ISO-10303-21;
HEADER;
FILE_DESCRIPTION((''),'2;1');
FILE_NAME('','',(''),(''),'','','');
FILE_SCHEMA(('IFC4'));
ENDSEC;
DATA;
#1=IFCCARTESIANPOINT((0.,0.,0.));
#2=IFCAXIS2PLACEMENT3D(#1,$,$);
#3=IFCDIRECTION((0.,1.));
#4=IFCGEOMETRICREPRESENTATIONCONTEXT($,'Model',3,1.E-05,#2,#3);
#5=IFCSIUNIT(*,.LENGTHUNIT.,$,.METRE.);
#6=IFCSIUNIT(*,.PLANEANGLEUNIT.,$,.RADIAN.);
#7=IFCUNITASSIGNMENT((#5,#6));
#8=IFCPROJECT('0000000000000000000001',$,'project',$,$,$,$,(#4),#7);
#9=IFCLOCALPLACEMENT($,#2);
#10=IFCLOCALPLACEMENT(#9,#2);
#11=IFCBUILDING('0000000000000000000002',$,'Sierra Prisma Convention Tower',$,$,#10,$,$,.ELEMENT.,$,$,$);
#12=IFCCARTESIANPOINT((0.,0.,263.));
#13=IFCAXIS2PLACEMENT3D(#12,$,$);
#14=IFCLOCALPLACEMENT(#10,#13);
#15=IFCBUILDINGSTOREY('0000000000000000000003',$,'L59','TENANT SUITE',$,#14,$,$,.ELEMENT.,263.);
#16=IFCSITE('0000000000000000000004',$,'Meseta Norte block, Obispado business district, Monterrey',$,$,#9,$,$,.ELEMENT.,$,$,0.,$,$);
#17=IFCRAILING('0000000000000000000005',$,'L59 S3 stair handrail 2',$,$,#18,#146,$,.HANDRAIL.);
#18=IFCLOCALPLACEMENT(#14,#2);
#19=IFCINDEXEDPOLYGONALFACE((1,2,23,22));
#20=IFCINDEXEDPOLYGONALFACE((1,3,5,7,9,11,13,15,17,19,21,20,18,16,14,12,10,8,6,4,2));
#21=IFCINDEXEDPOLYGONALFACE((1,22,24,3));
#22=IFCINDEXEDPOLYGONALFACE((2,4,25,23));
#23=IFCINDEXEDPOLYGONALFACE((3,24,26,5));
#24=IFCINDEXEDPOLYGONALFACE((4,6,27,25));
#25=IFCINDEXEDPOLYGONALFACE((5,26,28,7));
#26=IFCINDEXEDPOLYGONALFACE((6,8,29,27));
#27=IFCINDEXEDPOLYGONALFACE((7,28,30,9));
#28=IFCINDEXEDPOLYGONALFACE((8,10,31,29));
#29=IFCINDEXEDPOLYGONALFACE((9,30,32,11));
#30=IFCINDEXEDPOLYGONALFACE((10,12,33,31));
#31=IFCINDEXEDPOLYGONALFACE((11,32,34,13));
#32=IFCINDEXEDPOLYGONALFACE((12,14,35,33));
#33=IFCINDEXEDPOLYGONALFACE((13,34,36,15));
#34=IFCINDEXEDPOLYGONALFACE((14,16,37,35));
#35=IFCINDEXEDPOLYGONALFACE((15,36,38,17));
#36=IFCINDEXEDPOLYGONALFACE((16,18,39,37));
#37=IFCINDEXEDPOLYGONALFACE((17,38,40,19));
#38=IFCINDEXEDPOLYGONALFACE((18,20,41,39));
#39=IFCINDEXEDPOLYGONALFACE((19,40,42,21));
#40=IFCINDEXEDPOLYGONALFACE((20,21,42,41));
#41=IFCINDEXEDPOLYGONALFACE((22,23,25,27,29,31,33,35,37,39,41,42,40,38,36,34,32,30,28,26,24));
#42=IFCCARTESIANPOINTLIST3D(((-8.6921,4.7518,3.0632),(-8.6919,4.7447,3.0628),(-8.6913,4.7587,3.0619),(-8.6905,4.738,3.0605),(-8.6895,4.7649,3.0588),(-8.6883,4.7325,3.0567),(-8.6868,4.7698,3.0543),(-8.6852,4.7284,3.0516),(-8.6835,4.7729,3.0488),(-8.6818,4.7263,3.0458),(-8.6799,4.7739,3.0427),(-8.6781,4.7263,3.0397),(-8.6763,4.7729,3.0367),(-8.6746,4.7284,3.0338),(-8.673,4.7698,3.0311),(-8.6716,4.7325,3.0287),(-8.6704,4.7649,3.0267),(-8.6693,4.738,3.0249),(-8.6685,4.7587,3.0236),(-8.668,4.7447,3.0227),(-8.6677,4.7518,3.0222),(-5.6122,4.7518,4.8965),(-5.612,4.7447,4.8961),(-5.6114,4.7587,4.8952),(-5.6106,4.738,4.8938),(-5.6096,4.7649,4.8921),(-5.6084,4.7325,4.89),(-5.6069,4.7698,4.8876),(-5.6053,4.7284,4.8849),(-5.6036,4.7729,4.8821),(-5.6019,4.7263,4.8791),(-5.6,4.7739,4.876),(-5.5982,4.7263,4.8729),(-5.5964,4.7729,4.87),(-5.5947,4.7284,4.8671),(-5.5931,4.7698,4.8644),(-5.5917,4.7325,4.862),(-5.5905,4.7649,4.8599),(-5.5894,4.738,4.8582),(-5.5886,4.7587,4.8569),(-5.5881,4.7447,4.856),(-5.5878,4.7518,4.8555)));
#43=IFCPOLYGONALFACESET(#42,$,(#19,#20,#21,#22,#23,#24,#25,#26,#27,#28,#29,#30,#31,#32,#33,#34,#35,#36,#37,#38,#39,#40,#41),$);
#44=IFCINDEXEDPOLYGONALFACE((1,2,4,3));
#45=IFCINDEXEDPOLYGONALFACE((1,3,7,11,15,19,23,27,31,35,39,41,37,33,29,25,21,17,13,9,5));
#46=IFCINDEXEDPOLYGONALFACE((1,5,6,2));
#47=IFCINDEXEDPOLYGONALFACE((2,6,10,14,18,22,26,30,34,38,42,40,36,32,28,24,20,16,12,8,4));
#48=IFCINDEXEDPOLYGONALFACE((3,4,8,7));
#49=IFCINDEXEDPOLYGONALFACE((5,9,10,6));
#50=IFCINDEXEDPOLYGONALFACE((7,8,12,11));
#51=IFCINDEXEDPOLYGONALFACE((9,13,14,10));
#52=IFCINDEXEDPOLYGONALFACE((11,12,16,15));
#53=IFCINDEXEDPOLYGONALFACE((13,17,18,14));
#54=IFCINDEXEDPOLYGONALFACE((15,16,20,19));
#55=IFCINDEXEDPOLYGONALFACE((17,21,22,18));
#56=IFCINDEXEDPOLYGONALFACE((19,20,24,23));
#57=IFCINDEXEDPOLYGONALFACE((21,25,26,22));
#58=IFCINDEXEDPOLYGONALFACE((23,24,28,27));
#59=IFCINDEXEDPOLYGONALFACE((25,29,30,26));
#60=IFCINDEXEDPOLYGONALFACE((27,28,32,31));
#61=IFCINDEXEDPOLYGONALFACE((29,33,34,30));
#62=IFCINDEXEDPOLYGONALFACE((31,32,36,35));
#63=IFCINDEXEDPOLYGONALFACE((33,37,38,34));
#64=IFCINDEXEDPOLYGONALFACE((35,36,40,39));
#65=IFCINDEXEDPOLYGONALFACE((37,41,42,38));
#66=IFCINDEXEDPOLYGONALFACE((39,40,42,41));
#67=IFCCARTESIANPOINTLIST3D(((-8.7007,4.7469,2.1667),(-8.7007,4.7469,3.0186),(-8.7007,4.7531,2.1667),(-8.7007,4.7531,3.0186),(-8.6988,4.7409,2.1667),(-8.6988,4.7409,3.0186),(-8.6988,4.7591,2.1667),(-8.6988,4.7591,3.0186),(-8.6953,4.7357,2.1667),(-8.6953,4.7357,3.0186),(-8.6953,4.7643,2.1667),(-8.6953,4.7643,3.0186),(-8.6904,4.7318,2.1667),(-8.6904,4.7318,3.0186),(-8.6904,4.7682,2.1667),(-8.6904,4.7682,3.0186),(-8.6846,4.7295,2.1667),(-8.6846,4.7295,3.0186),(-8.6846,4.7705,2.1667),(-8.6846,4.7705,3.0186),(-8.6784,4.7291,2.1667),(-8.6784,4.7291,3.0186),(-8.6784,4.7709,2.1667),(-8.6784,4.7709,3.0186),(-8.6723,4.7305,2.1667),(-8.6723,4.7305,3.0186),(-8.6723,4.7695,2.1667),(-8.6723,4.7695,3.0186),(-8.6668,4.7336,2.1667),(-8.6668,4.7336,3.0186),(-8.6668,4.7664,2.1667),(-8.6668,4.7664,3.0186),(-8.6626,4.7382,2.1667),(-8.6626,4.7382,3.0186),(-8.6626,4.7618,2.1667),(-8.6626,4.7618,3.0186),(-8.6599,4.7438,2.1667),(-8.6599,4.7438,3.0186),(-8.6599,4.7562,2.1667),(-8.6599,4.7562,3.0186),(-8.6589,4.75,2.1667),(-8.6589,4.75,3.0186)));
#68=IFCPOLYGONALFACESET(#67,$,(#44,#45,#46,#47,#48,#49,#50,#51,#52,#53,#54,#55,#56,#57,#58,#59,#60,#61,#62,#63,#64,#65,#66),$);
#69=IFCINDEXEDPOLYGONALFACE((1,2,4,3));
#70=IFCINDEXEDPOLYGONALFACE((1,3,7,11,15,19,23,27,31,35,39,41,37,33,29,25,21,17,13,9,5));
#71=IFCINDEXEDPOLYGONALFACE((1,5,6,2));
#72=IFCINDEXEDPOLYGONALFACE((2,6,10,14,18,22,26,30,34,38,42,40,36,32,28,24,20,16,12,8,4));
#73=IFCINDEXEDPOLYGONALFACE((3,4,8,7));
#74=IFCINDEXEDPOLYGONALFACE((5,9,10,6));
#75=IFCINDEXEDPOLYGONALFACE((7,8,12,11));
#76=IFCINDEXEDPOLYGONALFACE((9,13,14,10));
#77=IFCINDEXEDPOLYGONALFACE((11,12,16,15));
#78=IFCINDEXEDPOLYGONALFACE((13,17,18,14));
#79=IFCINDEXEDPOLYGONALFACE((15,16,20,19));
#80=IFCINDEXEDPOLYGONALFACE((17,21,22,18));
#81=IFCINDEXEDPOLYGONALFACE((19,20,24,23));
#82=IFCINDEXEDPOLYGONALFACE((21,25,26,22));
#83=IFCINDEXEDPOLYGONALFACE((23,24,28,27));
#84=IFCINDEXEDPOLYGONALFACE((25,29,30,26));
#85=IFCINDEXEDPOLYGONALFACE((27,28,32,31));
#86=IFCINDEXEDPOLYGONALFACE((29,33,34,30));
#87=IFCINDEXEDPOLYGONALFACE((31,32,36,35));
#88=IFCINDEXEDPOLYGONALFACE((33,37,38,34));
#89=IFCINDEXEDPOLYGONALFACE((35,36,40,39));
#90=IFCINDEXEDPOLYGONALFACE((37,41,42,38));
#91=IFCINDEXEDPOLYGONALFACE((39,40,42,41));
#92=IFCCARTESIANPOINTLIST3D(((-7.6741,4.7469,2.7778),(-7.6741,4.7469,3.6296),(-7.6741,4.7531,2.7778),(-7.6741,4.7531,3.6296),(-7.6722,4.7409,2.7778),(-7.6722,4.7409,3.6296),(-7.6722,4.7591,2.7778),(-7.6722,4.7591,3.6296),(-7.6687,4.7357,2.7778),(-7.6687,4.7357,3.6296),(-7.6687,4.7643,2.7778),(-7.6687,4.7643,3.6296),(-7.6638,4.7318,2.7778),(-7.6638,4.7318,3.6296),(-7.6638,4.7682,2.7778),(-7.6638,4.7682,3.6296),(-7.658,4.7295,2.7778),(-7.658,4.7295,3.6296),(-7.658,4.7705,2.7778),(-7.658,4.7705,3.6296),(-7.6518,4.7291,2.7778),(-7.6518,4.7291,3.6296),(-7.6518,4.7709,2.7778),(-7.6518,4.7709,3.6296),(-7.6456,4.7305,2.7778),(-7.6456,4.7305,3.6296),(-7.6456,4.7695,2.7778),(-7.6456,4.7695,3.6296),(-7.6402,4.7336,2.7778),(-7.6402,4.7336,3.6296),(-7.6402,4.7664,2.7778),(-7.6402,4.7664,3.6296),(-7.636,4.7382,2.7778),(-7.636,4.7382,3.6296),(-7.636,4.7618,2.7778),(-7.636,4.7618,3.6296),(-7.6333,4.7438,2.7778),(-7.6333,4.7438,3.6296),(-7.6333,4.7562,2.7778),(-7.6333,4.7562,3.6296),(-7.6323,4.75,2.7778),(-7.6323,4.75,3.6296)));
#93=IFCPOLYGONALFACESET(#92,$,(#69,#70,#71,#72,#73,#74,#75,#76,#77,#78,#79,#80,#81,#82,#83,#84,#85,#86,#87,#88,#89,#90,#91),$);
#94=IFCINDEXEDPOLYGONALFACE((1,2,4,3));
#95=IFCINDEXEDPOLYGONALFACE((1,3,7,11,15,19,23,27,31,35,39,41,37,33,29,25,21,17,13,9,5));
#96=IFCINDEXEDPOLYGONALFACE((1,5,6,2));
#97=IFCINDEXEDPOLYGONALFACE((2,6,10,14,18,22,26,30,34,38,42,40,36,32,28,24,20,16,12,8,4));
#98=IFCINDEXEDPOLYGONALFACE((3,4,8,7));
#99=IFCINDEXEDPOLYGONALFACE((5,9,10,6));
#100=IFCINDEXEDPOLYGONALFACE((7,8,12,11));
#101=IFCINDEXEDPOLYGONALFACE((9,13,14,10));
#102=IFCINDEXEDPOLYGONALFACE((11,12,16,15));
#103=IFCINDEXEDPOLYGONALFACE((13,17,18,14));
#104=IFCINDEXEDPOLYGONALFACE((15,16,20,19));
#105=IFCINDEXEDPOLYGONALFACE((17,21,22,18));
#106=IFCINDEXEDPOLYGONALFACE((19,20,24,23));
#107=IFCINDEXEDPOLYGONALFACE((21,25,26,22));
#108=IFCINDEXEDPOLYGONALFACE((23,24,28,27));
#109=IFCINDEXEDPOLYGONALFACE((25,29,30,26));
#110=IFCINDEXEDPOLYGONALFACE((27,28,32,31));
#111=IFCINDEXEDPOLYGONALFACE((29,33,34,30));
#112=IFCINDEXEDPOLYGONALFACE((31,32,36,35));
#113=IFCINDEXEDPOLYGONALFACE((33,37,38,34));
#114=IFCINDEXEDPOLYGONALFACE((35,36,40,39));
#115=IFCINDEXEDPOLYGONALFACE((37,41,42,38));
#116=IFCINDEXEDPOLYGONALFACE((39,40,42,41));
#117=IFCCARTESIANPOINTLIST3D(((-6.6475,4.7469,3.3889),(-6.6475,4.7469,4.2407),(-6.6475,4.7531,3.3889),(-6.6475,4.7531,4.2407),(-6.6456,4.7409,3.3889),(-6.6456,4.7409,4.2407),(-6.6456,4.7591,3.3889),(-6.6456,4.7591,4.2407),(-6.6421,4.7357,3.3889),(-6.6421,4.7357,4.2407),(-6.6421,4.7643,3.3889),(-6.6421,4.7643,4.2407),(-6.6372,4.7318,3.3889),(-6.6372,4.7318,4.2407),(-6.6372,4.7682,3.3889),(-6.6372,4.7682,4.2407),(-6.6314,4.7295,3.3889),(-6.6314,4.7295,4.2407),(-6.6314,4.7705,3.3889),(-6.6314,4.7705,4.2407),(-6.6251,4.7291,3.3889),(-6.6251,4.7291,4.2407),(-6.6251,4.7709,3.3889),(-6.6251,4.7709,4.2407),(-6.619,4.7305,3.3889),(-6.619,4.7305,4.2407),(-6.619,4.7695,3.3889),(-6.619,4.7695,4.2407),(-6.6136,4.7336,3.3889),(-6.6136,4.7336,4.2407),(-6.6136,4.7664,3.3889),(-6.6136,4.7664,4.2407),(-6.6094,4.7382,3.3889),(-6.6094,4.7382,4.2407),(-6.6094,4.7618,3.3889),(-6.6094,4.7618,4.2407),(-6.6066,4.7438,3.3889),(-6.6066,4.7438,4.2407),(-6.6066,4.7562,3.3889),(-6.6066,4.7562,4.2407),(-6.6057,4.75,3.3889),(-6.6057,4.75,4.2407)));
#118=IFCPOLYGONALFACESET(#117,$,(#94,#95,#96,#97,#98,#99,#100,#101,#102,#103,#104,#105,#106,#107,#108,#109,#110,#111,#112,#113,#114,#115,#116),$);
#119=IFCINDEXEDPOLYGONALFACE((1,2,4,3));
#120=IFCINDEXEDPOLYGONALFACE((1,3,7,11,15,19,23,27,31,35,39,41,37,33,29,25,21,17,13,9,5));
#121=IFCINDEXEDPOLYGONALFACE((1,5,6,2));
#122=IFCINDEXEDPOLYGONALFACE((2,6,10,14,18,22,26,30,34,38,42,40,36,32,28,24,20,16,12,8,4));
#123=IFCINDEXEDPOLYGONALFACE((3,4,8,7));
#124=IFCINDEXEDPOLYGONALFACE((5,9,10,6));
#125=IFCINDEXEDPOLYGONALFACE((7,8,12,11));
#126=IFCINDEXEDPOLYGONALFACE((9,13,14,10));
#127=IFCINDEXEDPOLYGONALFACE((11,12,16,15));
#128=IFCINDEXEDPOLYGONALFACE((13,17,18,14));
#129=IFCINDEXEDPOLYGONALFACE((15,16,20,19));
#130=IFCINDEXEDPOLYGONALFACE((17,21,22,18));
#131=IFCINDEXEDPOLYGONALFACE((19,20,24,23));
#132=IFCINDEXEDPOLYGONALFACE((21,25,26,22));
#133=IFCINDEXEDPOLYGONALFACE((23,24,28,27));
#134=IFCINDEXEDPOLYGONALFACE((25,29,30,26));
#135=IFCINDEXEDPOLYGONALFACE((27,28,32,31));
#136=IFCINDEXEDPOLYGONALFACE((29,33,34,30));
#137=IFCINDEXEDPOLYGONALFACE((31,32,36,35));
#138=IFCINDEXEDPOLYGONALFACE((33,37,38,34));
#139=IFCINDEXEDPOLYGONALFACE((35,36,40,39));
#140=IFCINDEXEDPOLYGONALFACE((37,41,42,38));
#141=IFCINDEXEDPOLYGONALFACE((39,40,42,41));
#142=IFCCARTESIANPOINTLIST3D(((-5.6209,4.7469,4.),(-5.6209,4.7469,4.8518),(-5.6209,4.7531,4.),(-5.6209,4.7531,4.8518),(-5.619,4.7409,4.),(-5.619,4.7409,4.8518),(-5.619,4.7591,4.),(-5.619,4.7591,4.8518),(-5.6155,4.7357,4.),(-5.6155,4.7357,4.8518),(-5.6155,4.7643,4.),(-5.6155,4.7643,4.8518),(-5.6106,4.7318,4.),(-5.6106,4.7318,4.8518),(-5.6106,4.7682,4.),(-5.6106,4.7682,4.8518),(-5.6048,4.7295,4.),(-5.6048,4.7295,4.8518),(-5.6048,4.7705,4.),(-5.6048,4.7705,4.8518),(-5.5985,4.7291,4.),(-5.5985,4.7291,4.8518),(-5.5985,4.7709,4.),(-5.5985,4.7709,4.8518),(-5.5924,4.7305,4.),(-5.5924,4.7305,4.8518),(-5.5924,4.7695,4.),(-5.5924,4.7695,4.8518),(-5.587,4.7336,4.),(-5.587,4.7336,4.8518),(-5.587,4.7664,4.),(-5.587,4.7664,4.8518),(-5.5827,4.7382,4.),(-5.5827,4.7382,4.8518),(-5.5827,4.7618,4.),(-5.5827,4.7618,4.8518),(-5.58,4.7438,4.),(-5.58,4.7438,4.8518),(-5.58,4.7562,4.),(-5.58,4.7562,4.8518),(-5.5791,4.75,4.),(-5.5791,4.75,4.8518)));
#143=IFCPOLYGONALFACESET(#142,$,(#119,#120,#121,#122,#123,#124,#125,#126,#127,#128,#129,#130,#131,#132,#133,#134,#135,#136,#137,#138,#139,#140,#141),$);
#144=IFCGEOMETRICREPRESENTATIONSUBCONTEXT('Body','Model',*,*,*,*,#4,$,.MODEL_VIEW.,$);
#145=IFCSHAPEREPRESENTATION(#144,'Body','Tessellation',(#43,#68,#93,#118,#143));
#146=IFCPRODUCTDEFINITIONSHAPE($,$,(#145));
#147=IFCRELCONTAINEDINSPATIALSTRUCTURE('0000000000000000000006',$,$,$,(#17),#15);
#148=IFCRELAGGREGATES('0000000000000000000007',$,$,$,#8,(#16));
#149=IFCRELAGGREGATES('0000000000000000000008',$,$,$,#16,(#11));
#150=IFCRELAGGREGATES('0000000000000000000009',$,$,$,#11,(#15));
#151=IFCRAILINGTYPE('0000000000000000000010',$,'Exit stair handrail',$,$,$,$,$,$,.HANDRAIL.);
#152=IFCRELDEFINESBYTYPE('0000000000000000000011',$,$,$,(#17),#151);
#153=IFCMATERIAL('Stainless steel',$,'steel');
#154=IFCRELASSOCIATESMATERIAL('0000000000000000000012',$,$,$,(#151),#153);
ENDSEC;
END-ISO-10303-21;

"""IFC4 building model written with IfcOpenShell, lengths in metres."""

from ifc_helpers import new_model, si_unit, direction, frame, origin, origin_2d, place, context, subcontext, project, spatial, circle, extrude, material, type_object, element, save


model = new_model("IFC4")

# Units and contexts
model_context = context("Model", 3, precision=1e-05, world=origin(), true_north=direction((0.0, 1.0)))
body_context = subcontext(model_context, "Body", "Model", "MODEL_VIEW")
ifc_project = project(units=[si_unit("LENGTHUNIT", "METRE"), si_unit("PLANEANGLEUNIT", "RADIAN")], contexts=[model_context])

# Site, building, storey
site_placement = place(None, origin())
site = spatial("IfcSite", under=ifc_project, at=site_placement, Name="Meseta Norte block, Obispado business district, Monterrey", CompositionType="ELEMENT", RefElevation=0.0)
building_placement = place(site_placement, origin())
building = spatial("IfcBuilding", under=site, at=building_placement, Name="Sierra Prisma Convention Tower", CompositionType="ELEMENT")
storey_placement = place(building_placement, frame((0.0, 0.0, 263.0)))
storey = spatial("IfcBuildingStorey", under=building, at=storey_placement, Name="L59", Description="TENANT SUITE", CompositionType="ELEMENT", Elevation=263.0)

# Railing
ifc_material_1 = material(Name="Stainless steel", Category="steel")
railing_type_1 = type_object("IfcRailingType", Name="Exit stair handrail", PredefinedType="HANDRAIL", material=ifc_material_1)
railing_1_placement = place(storey_placement, frame((-8.6799, 4.75, 2.1667)))
element("IfcRailing", 1, at=railing_1_placement, inside=storey, type_object=railing_type_1, Name="L59 S3 stair handrail 2", PredefinedType="HANDRAIL", context=body_context, shape_type="SweptSolid", body=[
    extrude(circle(Radius=0.0239, at=origin_2d()), frame((0.0, 0.0, 0.876), z_axis=(0.859291, 0.0, 0.511487), x_axis=(0.0, 1.0, 0.0)), (0.0, 0.0, 1.0), 3.5842),
    extrude(circle(Radius=0.021, at=origin_2d()), origin(), (0.0, 0.0, 1.0), 0.8518),
    extrude(circle(Radius=0.021, at=origin_2d()), frame((1.0266, 0.0, 0.6111)), (0.0, 0.0, 1.0), 0.8518),
    extrude(circle(Radius=0.021, at=origin_2d()), frame((2.0532, 0.0, 1.2222)), (0.0, 0.0, 1.0), 0.8518),
    extrude(circle(Radius=0.021, at=origin_2d()), frame((3.0798, 0.0, 1.8333)), (0.0, 0.0, 1.0), 0.8518),
])

save(model, "model.ifc")
